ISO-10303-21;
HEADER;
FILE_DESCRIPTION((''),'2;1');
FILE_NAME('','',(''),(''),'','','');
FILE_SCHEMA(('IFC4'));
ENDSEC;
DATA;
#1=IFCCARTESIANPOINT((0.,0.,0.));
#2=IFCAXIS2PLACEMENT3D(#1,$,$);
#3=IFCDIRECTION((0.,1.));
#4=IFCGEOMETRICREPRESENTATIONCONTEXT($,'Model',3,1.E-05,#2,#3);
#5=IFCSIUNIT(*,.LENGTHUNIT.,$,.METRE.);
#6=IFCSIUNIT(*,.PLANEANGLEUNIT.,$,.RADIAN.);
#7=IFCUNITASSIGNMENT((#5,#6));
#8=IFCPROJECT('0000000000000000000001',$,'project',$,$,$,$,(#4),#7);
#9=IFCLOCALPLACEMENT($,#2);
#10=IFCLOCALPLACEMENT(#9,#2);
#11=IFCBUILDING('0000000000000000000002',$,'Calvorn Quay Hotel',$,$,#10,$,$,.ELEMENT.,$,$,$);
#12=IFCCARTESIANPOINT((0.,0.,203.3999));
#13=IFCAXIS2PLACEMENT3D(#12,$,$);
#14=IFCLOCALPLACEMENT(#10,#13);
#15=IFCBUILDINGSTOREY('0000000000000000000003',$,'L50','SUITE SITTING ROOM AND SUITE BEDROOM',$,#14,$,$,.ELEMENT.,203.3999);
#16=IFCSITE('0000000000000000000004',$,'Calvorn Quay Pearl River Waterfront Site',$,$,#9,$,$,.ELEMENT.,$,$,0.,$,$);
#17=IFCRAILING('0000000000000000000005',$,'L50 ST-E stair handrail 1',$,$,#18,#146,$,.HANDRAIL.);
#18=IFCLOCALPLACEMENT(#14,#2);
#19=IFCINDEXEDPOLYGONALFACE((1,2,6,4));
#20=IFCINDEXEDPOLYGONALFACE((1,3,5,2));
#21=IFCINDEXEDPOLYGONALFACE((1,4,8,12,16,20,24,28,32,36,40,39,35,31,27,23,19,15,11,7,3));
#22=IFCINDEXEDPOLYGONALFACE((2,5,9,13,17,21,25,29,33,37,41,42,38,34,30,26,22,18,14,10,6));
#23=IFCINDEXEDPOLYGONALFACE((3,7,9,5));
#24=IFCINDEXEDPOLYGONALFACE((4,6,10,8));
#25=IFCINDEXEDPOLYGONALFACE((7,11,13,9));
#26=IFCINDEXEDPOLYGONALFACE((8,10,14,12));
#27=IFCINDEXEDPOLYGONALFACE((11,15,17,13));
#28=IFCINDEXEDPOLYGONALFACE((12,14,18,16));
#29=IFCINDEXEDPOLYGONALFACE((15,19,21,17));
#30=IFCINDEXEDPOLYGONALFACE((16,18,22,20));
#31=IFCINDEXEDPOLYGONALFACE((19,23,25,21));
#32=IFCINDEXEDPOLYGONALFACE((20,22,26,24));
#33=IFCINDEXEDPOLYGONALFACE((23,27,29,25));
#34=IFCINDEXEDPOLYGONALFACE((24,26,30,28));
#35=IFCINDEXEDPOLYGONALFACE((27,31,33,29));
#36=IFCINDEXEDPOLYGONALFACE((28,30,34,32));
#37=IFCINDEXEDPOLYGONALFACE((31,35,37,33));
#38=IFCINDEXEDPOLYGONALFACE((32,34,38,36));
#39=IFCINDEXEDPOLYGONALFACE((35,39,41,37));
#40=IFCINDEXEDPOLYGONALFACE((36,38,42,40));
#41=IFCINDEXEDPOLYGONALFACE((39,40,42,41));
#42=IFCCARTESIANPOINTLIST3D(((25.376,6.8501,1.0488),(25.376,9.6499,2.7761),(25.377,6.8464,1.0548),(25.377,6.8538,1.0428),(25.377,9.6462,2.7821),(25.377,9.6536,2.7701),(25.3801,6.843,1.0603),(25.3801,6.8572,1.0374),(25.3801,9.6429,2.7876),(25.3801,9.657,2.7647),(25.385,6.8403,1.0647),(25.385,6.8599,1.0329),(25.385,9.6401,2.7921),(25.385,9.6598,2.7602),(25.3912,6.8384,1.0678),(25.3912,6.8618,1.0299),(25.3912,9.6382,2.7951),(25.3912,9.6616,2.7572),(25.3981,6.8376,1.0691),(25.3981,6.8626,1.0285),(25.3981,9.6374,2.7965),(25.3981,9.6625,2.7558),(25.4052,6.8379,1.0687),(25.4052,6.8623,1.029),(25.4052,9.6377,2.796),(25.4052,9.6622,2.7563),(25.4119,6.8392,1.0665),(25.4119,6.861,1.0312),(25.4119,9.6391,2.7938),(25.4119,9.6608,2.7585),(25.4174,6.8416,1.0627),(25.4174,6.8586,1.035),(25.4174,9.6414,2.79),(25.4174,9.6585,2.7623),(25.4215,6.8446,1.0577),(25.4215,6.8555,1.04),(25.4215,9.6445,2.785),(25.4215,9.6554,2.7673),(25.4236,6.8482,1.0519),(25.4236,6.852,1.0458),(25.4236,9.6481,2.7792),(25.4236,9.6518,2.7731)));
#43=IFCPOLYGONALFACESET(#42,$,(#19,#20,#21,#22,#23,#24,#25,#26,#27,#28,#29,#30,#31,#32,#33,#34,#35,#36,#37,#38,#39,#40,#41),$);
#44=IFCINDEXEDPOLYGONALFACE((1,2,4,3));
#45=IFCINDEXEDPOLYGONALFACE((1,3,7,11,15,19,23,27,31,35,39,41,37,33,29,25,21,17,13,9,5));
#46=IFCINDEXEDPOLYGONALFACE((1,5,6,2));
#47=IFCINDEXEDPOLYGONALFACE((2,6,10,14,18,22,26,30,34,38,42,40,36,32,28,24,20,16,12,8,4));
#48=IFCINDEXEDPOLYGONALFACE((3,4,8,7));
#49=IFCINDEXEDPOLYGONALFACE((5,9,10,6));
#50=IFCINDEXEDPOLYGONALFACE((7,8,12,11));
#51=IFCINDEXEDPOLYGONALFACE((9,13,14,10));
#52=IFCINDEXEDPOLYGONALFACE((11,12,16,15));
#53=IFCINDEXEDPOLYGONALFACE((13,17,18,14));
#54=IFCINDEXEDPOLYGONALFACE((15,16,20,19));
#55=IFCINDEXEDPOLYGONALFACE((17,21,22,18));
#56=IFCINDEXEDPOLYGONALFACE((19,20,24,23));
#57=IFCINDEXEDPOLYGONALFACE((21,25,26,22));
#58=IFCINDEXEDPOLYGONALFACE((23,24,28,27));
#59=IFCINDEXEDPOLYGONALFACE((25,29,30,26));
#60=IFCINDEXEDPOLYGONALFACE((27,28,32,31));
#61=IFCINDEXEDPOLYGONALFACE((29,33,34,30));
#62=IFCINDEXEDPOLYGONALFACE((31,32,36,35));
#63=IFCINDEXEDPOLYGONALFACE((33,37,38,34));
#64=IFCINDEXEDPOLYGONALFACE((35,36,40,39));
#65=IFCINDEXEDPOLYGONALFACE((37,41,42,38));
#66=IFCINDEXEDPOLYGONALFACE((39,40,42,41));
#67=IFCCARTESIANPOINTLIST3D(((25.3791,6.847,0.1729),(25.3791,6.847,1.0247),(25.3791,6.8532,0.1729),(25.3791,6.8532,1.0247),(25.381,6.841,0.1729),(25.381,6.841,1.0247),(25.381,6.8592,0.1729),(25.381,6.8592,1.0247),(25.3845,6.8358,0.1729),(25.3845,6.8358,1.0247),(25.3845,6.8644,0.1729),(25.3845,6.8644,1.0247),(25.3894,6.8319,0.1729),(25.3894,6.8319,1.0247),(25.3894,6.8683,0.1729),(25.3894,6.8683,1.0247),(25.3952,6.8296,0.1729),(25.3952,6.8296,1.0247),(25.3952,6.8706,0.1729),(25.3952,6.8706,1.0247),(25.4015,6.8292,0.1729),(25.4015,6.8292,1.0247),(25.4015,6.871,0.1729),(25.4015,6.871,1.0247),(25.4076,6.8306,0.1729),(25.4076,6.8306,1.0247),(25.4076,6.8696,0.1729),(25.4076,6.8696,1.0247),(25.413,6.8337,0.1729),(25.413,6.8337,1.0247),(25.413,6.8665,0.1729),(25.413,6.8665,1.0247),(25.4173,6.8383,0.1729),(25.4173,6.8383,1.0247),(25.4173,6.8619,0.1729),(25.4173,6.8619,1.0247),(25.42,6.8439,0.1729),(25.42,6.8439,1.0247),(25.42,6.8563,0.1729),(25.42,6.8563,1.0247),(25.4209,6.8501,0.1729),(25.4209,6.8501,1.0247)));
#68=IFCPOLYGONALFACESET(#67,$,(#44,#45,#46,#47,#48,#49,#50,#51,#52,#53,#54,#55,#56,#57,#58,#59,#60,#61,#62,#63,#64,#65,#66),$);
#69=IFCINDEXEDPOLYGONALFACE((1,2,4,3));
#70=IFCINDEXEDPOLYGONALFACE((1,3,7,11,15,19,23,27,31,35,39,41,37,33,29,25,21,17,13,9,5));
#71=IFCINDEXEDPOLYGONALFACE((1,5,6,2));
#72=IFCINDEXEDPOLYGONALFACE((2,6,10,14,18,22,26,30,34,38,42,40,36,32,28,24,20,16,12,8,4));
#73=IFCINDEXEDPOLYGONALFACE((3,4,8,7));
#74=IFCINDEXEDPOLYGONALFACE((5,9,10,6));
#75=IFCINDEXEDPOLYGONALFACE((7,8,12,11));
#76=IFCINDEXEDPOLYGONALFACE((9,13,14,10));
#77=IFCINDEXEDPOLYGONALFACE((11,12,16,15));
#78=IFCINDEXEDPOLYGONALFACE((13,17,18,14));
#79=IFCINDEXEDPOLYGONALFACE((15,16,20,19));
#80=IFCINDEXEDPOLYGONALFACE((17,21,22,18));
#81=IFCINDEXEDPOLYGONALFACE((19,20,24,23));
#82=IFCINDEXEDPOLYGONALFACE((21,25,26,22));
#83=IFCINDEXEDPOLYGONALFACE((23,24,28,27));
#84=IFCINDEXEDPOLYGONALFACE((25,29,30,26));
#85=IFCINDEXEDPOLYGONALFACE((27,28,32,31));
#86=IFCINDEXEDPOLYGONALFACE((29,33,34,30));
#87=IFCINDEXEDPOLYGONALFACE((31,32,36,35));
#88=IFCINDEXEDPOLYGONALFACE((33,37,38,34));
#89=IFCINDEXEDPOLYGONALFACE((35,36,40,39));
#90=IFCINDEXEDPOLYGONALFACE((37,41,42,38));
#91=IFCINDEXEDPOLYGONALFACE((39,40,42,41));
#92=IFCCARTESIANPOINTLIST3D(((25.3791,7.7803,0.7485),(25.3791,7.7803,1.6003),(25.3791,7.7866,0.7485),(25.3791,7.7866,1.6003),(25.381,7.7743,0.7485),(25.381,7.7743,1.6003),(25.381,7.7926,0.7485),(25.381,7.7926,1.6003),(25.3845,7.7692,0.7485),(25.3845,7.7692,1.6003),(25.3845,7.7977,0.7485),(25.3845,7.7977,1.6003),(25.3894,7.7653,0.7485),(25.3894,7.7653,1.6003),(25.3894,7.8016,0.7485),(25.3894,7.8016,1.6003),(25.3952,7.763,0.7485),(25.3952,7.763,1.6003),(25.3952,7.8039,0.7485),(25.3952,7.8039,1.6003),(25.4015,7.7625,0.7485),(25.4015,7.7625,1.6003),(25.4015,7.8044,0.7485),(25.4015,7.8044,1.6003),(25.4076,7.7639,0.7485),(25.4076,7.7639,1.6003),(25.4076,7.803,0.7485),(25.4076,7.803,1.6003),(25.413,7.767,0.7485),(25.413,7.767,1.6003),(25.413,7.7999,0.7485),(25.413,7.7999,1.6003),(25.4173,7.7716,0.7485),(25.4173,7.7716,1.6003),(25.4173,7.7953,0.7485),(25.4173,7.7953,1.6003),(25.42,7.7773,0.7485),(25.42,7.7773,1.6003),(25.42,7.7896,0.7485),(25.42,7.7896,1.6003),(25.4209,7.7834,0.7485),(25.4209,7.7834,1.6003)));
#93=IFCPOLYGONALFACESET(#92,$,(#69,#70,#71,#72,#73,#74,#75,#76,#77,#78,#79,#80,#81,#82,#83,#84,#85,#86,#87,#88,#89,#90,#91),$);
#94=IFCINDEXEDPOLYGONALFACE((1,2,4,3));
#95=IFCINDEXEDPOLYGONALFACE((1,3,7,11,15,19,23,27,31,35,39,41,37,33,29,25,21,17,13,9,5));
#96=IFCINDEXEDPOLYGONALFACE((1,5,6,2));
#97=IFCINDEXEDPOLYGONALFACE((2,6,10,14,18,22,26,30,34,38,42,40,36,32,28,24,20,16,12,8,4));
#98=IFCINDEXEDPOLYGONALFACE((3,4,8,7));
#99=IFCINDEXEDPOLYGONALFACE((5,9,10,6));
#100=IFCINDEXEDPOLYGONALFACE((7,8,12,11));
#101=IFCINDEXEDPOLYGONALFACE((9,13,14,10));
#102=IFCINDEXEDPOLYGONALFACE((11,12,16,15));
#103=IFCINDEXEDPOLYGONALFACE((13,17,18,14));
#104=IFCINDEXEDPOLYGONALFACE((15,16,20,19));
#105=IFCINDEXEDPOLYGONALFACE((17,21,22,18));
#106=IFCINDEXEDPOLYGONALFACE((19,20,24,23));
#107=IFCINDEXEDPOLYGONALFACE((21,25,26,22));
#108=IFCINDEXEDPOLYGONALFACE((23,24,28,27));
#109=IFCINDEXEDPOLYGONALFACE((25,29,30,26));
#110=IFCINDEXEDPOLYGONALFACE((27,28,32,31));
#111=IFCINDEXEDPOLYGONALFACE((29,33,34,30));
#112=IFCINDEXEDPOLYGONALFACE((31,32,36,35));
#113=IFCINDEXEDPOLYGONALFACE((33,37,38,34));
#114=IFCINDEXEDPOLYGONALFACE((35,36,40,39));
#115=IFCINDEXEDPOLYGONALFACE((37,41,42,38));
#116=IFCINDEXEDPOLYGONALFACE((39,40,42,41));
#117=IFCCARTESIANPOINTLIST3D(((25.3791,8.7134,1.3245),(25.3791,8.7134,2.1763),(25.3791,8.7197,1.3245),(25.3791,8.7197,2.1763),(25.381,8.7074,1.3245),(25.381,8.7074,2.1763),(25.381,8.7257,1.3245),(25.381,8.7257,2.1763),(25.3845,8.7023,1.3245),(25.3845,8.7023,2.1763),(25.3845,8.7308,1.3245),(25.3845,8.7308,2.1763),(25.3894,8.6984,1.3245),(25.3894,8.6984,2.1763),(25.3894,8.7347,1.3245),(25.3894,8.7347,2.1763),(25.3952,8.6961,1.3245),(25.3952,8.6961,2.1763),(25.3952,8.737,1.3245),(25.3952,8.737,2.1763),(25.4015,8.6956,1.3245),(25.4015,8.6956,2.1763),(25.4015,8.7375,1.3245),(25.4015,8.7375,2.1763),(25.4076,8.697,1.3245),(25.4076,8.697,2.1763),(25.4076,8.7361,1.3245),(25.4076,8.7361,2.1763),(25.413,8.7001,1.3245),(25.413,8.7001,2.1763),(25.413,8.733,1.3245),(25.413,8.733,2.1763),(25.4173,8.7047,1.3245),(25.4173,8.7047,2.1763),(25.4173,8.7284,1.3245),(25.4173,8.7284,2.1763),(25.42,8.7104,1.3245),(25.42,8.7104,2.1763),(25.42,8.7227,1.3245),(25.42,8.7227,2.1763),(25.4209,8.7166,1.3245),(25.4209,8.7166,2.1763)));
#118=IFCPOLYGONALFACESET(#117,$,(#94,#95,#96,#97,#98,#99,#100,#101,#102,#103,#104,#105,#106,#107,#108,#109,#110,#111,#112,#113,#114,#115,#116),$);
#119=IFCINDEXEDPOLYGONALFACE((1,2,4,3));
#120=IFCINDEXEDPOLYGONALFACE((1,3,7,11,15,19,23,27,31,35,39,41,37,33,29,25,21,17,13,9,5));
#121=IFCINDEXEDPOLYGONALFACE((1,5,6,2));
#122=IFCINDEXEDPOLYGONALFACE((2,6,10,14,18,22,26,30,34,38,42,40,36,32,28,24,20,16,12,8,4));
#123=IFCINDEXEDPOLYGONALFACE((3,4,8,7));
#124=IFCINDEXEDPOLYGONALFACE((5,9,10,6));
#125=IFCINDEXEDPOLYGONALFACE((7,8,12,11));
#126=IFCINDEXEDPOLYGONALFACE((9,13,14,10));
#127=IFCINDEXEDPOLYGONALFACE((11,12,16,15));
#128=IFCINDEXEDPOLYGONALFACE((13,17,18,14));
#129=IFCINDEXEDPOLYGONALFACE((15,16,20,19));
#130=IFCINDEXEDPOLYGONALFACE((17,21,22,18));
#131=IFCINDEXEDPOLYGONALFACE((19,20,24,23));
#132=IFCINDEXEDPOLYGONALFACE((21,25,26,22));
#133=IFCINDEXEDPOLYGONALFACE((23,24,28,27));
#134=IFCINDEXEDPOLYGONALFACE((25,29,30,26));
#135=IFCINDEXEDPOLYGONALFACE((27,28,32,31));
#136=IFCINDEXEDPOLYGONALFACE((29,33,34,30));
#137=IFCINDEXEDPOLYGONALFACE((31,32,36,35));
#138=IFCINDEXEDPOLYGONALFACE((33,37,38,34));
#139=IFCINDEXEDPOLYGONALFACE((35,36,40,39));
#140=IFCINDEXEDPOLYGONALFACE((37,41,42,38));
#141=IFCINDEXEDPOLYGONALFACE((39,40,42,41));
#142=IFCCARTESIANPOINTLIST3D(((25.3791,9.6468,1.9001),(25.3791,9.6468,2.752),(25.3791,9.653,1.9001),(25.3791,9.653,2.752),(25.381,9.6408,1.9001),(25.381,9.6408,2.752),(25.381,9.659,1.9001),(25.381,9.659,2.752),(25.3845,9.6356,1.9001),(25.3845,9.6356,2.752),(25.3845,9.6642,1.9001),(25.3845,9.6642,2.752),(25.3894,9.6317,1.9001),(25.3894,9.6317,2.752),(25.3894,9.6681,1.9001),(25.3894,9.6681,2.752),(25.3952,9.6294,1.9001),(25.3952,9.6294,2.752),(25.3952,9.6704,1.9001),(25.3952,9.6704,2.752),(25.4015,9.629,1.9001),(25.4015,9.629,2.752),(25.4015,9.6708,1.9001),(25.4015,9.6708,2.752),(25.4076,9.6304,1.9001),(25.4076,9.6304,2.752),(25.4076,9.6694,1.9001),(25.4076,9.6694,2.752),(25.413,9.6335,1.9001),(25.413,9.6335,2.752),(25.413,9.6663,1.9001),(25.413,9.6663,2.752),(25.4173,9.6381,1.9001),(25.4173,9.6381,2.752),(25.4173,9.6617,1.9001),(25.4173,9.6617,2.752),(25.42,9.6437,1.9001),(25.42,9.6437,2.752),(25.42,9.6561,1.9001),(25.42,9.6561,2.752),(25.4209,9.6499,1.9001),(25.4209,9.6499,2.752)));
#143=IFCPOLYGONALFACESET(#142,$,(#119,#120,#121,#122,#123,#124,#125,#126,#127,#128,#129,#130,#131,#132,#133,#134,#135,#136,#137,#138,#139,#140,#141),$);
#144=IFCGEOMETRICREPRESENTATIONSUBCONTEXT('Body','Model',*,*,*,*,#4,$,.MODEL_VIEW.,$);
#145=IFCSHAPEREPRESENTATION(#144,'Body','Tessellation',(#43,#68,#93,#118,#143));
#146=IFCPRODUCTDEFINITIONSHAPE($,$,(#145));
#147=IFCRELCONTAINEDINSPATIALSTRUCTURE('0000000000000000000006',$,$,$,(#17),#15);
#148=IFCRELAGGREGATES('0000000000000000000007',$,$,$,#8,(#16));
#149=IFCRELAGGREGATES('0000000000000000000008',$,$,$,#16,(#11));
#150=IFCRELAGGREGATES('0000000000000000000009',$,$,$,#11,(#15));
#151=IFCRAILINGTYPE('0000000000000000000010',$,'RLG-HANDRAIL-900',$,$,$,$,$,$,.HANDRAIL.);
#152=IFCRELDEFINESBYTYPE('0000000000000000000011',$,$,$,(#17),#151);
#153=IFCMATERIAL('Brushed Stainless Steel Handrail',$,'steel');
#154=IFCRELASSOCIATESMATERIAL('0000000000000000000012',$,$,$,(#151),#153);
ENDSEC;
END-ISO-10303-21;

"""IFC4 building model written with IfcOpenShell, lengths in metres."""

from ifc_helpers import new_model, si_unit, direction, frame, origin, origin_2d, place, context, subcontext, project, spatial, circle, extrude, material, type_object, element, save


model = new_model("IFC4")

# Units and contexts
model_context = context("Model", 3, precision=1e-05, world=origin(), true_north=direction((0.0, 1.0)))
body_context = subcontext(model_context, "Body", "Model", "MODEL_VIEW")
ifc_project = project(units=[si_unit("LENGTHUNIT", "METRE"), si_unit("PLANEANGLEUNIT", "RADIAN")], contexts=[model_context])

# Site, building, storey
site_placement = place(None, origin())
site = spatial("IfcSite", under=ifc_project, at=site_placement, Name="Calvorn Quay Pearl River Waterfront Site", CompositionType="ELEMENT", RefElevation=0.0)
building_placement = place(site_placement, origin())
building = spatial("IfcBuilding", under=site, at=building_placement, Name="Calvorn Quay Hotel", CompositionType="ELEMENT")
storey_placement = place(building_placement, frame((0.0, 0.0, 203.3999)))
storey = spatial("IfcBuildingStorey", under=building, at=storey_placement, Name="L50", Description="SUITE SITTING ROOM AND SUITE BEDROOM", CompositionType="ELEMENT", Elevation=203.3999)

# Railing
ifc_material_1 = material(Name="Brushed Stainless Steel Handrail", Category="steel")
railing_type_1 = type_object("IfcRailingType", Name="RLG-HANDRAIL-900", PredefinedType="HANDRAIL", material=ifc_material_1)
railing_1_placement = place(storey_placement, frame((25.3999, 6.8501, 0.1729)))
element("IfcRailing", 1, at=railing_1_placement, inside=storey, type_object=railing_type_1, Name="L50 ST-E stair handrail 1", PredefinedType="HANDRAIL", context=body_context, shape_type="SweptSolid", body=[
    extrude(circle(Radius=0.0239, at=origin_2d()), frame((0.0, 0.0, 0.876), z_axis=(0.0, 0.851069, 0.525054), x_axis=(-1.0, 0.0, 0.0)), (0.0, 0.0, 1.0), 3.2898),
    extrude(circle(Radius=0.021, at=origin_2d()), origin(), (0.0, 0.0, 1.0), 0.8518),
    extrude(circle(Radius=0.021, at=origin_2d()), frame((0.0, 0.9333, 0.5757)), (0.0, 0.0, 1.0), 0.8518),
    extrude(circle(Radius=0.021, at=origin_2d()), frame((0.0, 1.8665, 1.1516)), (0.0, 0.0, 1.0), 0.8518),
    extrude(circle(Radius=0.021, at=origin_2d()), frame((0.0, 2.7998, 1.7273)), (0.0, 0.0, 1.0), 0.8518),
])

save(model, "model.ifc")
